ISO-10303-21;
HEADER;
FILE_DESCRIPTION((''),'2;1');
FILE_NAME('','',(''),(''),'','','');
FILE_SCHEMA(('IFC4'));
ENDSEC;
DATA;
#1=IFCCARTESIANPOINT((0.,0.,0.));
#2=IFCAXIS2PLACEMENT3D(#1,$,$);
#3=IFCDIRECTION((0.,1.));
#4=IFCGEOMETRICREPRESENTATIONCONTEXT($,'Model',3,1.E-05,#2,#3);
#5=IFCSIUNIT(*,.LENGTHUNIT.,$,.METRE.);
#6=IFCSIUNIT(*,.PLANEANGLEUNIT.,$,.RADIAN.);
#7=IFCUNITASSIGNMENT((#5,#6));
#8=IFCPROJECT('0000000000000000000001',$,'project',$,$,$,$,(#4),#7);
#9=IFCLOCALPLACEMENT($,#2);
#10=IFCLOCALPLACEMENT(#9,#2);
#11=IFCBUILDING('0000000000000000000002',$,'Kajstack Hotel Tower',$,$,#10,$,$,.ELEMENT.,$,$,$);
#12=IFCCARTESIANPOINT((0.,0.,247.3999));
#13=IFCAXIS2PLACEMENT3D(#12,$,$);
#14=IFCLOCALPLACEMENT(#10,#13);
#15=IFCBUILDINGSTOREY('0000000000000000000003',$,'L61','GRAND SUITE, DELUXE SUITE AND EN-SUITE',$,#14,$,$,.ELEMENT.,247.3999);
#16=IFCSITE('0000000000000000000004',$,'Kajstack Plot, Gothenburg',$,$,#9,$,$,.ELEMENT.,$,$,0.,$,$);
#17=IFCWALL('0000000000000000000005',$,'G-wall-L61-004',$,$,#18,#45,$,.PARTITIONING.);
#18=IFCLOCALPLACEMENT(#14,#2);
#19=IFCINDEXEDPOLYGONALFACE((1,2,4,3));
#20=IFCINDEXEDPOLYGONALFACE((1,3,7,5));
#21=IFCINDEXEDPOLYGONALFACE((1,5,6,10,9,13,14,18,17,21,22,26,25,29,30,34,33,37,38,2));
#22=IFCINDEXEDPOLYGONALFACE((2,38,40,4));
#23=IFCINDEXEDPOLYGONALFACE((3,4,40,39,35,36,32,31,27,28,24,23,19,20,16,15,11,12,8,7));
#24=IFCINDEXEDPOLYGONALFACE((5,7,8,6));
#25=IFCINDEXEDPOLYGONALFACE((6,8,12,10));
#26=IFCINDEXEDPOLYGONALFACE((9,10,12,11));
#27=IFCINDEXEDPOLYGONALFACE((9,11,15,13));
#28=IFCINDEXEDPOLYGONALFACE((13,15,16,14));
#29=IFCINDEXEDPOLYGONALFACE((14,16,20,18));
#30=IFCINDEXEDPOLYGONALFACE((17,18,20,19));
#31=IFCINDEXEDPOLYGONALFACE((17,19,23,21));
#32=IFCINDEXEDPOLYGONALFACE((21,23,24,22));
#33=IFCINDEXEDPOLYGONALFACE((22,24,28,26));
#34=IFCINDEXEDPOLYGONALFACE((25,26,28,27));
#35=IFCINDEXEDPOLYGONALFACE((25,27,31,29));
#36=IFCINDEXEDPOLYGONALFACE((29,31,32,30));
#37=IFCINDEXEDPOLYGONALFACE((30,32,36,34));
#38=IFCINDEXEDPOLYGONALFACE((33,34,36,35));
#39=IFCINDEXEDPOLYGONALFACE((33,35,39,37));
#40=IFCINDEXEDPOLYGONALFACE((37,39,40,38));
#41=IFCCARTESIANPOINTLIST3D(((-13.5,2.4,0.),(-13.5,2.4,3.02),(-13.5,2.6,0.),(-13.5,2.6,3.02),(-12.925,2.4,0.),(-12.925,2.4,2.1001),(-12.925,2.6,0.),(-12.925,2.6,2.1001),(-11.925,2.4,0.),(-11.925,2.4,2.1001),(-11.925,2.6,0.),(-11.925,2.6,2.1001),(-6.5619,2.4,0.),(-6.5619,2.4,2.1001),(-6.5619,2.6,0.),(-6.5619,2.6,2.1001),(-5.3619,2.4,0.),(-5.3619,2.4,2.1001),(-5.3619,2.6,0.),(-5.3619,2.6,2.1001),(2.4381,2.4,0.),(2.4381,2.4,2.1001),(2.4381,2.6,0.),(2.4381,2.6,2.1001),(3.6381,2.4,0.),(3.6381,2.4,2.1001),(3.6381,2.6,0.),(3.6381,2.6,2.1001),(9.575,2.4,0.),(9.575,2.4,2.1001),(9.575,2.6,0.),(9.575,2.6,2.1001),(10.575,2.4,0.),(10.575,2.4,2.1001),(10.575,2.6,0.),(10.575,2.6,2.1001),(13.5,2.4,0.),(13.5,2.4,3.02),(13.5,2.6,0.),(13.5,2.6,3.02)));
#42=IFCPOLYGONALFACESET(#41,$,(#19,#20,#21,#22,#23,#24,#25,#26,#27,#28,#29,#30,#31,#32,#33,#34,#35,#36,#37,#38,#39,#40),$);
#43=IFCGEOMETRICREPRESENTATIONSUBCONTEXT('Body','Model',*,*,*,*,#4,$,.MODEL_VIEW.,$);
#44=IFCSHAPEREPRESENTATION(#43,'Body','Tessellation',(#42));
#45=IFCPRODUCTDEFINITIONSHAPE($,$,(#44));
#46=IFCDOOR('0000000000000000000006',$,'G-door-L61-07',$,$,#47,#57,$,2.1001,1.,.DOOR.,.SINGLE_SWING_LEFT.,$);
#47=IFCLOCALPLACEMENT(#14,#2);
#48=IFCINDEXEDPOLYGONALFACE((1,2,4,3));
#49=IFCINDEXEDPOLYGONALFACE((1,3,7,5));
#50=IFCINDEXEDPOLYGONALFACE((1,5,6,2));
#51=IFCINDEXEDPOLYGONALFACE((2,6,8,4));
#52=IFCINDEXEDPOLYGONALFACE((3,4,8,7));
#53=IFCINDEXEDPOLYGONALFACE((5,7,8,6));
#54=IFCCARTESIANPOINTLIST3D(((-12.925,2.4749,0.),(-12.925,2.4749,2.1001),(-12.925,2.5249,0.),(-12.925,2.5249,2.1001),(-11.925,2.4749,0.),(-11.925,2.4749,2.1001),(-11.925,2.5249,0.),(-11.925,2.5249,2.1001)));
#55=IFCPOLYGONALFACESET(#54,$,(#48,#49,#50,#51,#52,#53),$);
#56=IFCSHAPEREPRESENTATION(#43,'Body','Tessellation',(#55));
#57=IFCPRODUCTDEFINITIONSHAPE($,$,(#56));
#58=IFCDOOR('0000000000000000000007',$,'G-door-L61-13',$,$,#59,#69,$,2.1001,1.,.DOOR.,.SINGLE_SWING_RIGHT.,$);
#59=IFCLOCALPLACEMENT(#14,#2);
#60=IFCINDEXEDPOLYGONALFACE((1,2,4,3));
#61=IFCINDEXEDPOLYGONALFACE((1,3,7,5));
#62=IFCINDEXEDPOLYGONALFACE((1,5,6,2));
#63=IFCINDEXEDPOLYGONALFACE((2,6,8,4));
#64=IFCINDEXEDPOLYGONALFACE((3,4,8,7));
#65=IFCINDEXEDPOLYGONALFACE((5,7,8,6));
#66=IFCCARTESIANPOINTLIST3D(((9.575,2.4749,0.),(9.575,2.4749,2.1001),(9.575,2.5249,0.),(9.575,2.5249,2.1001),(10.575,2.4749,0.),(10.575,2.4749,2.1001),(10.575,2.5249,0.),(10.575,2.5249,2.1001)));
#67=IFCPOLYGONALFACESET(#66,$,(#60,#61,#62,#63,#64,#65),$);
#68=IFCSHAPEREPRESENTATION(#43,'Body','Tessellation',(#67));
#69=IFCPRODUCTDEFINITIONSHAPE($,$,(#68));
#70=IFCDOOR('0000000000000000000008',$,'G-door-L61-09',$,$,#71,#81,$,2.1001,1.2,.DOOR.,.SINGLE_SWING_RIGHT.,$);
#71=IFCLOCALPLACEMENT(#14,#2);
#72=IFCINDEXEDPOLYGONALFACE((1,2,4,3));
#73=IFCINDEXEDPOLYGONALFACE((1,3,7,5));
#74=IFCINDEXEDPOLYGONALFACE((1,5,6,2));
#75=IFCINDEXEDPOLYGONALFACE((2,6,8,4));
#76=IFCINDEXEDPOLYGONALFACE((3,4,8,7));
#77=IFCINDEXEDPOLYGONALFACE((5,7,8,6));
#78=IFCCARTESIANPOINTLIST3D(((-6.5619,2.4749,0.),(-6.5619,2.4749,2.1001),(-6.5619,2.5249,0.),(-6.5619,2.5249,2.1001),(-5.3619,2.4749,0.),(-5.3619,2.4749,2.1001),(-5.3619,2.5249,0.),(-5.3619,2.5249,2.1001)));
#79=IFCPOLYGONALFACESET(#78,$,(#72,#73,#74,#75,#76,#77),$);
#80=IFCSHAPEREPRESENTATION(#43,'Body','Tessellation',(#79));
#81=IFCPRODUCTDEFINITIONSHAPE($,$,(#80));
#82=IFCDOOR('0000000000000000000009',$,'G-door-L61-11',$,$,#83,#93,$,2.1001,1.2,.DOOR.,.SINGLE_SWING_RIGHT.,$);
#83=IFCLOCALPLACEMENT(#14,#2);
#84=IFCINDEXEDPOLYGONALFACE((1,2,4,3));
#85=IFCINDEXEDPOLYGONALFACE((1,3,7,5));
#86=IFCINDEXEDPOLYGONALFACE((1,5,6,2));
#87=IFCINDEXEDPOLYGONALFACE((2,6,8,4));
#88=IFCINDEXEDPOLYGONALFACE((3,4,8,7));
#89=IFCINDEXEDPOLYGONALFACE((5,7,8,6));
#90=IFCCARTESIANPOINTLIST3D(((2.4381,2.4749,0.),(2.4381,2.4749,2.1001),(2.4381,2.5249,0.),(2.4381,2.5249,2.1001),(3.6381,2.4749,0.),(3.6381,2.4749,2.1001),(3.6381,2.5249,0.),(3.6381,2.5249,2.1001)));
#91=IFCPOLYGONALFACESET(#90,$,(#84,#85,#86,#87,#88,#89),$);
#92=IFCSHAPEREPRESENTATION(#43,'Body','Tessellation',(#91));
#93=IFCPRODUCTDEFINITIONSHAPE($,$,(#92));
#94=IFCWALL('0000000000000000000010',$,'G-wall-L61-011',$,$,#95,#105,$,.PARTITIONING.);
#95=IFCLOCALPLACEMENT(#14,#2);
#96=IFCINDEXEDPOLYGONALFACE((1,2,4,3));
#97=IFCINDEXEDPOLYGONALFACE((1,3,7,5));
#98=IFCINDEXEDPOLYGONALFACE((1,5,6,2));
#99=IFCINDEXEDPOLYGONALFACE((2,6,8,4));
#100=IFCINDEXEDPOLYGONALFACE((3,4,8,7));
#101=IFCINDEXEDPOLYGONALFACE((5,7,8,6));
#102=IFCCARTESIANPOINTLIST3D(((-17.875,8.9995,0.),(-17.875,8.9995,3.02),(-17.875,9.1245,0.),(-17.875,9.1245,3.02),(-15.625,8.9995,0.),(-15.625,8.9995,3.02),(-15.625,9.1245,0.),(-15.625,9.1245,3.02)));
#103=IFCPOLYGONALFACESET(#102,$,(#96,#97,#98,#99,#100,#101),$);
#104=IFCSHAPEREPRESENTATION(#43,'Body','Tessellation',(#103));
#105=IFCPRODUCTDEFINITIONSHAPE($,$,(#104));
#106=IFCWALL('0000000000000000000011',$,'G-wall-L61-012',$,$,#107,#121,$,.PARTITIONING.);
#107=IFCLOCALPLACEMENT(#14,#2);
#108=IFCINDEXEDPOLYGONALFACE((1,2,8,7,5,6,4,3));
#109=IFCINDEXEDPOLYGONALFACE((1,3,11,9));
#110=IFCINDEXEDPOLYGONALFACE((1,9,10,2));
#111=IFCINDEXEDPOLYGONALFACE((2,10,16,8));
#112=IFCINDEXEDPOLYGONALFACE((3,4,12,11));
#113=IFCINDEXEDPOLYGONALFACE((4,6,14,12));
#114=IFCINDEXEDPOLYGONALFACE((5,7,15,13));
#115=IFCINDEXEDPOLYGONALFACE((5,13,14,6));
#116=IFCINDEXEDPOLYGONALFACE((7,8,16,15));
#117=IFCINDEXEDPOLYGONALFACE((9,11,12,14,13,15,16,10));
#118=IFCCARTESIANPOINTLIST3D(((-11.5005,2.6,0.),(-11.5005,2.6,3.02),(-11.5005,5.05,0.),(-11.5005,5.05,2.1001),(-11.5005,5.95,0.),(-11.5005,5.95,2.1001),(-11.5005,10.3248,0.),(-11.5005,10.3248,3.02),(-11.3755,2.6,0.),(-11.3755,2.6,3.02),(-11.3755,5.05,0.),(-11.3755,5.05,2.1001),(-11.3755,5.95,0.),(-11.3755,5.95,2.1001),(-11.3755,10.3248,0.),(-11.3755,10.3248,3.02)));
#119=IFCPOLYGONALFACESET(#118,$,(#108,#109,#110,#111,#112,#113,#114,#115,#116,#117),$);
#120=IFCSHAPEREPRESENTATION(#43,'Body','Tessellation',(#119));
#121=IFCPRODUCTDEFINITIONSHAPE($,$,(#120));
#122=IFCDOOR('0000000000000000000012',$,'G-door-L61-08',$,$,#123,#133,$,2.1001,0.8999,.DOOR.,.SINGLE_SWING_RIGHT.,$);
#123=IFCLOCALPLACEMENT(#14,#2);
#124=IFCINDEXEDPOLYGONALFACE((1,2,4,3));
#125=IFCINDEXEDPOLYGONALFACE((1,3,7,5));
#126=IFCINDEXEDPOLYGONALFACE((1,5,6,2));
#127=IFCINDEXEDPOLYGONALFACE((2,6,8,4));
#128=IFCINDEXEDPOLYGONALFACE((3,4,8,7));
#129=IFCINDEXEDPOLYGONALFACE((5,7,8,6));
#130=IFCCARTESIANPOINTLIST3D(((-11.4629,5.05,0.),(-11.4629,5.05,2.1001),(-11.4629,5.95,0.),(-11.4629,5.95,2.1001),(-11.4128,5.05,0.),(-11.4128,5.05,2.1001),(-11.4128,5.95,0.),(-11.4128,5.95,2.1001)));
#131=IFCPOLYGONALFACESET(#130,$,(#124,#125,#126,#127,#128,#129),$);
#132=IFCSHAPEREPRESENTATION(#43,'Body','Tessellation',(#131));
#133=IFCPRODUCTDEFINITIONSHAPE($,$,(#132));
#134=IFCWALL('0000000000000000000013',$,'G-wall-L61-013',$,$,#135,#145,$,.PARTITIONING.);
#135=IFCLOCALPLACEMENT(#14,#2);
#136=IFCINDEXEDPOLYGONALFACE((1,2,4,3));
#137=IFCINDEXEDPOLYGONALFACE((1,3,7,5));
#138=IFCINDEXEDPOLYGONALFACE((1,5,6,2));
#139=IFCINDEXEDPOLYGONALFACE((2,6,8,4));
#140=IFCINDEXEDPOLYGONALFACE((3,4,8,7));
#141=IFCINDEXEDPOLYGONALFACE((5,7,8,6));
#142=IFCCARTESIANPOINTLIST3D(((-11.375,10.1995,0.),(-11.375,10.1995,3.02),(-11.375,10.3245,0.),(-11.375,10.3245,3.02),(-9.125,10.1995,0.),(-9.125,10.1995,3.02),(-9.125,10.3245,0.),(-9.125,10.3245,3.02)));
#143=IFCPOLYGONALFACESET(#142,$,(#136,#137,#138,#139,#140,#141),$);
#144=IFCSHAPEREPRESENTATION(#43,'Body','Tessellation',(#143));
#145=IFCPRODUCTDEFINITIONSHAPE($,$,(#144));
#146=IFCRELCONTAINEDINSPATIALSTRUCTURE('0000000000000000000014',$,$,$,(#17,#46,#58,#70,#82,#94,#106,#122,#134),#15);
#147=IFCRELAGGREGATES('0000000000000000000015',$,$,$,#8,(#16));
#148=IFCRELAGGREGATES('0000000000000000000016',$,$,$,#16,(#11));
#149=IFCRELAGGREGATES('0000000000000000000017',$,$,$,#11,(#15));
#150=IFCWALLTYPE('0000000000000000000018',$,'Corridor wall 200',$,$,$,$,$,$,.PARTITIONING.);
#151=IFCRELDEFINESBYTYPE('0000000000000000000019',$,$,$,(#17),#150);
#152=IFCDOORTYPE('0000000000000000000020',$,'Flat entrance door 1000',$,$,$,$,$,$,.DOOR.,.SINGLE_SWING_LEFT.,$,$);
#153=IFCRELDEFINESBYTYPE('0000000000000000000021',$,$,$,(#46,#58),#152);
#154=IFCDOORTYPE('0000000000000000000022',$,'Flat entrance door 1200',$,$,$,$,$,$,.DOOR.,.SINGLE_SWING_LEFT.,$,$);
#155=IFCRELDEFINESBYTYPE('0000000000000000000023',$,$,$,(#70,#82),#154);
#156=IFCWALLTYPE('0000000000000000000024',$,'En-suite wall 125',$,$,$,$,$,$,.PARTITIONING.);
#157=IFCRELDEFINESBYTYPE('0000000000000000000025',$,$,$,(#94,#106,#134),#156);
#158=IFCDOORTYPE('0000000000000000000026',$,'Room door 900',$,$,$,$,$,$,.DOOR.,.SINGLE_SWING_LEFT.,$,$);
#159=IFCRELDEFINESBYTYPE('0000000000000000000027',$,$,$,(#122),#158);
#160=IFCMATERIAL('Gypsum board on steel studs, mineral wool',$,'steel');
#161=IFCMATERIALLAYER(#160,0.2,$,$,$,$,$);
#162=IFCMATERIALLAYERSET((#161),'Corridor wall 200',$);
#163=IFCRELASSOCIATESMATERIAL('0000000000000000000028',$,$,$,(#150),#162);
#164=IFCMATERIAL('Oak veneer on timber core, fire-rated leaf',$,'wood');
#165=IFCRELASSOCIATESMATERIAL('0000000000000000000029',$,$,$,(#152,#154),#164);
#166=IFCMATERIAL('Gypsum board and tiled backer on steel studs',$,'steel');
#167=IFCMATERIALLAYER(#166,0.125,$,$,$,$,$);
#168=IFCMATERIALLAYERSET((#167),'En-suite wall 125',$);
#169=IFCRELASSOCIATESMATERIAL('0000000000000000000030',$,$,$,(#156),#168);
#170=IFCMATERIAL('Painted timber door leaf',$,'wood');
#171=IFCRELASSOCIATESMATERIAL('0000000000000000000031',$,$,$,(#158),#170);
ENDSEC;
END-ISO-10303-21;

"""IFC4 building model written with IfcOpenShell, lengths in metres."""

from ifc_helpers import new_model, si_unit, direction, frame, frame_2d, origin, place, context, subcontext, project, spatial, rectangle, extrude, material, layer, layer_set, type_object, element, fill, save


model = new_model("IFC4")

# Units and contexts
model_context = context("Model", 3, precision=1e-05, world=origin(), true_north=direction((0.0, 1.0)))
body_context = subcontext(model_context, "Body", "Model", "MODEL_VIEW")
ifc_project = project(units=[si_unit("LENGTHUNIT", "METRE"), si_unit("PLANEANGLEUNIT", "RADIAN")], contexts=[model_context])

# Site, building, storey
site_placement = place(None, origin())
site = spatial("IfcSite", under=ifc_project, at=site_placement, Name="Kajstack Plot, Gothenburg", CompositionType="ELEMENT", RefElevation=0.0)
building_placement = place(site_placement, origin())
building = spatial("IfcBuilding", under=site, at=building_placement, Name="Kajstack Hotel Tower", CompositionType="ELEMENT")
storey_placement = place(building_placement, frame((0.0, 0.0, 247.3999)))
storey = spatial("IfcBuildingStorey", under=building, at=storey_placement, Name="L61", Description="GRAND SUITE, DELUXE SUITE AND EN-SUITE", CompositionType="ELEMENT", Elevation=247.3999)

# Wall, openings, doors
ifc_material_1 = material(Name="Gypsum board on steel studs, mineral wool", Category="steel")
ifc_layer_1 = layer(ifc_material_1, 0.2)
ifc_layer_set_1 = layer_set([ifc_layer_1], Name="Corridor wall 200")
wall_type_1 = type_object("IfcWallType", Name="Corridor wall 200", PredefinedType="PARTITIONING", material=ifc_layer_set_1)
wall_1_placement = place(storey_placement, frame((-13.5, 2.5, 0.0), z_axis=(0.0, 0.0, 1.0), x_axis=(1.0, 0.0, 0.0)))
wall_1 = element("IfcWall", 1, at=wall_1_placement, inside=storey, type_object=wall_type_1, Name="G-wall-L61-004", PredefinedType="PARTITIONING", context=body_context, shape_type="SweptSolid", body=[
    extrude(rectangle(XDim=27.0, YDim=0.2, at=frame_2d((13.5, 0.0))), origin(), (0.0, 0.0, 1.0), 3.02),
])
opening_1_placement = place(wall_1_placement, frame((0.575, 0.0, 0.0)))
opening_1 = element("IfcOpeningElement", 2, at=opening_1_placement, cuts=wall_1, PredefinedType="OPENING", context=body_context, shape_type="SweptSolid", body=[
    extrude(rectangle(XDim=1.0, YDim=2.1001, at=frame_2d((0.5, 1.05))), frame((0.0, 0.1099, 0.0), z_axis=(0.0, -1.0, 0.0), x_axis=(1.0, 0.0, 0.0)), (0.0, 0.0, 1.0), 0.22),
])
opening_2_placement = place(wall_1_placement, frame((6.938, 0.0, 0.0)))
opening_2 = element("IfcOpeningElement", 3, at=opening_2_placement, cuts=wall_1, PredefinedType="OPENING", context=body_context, shape_type="SweptSolid", body=[
    extrude(rectangle(XDim=1.2, YDim=2.1001, at=frame_2d((0.6001, 1.05))), frame((0.0, 0.1099, 0.0), z_axis=(0.0, -1.0, 0.0), x_axis=(1.0, 0.0, 0.0)), (0.0, 0.0, 1.0), 0.22),
])
opening_3_placement = place(wall_1_placement, frame((15.938, 0.0, 0.0)))
opening_3 = element("IfcOpeningElement", 4, at=opening_3_placement, cuts=wall_1, PredefinedType="OPENING", context=body_context, shape_type="SweptSolid", body=[
    extrude(rectangle(XDim=1.2, YDim=2.1001, at=frame_2d((0.6001, 1.05))), frame((0.0, 0.1099, 0.0), z_axis=(0.0, -1.0, 0.0), x_axis=(1.0, 0.0, 0.0)), (0.0, 0.0, 1.0), 0.22),
])
opening_4_placement = place(wall_1_placement, frame((23.075, 0.0, 0.0)))
opening_4 = element("IfcOpeningElement", 5, at=opening_4_placement, cuts=wall_1, PredefinedType="OPENING", context=body_context, shape_type="SweptSolid", body=[
    extrude(rectangle(XDim=1.0, YDim=2.1001, at=frame_2d((0.5, 1.05))), frame((0.0, 0.1099, 0.0), z_axis=(0.0, -1.0, 0.0), x_axis=(1.0, 0.0, 0.0)), (0.0, 0.0, 1.0), 0.22),
])
ifc_material_2 = material(Name="Oak veneer on timber core, fire-rated leaf", Category="wood")
door_type_1 = type_object("IfcDoorType", Name="Flat entrance door 1000", OperationType="SINGLE_SWING_LEFT", PredefinedType="DOOR", material=ifc_material_2)
door_1_placement = place(opening_1_placement, origin())
door_1 = element("IfcDoor", 6, at=door_1_placement, inside=storey, type_object=door_type_1, Name="G-door-L61-07", OperationType="SINGLE_SWING_LEFT", OverallHeight=2.1001, OverallWidth=1.0, PredefinedType="DOOR", context=body_context, shape_type="SweptSolid", body=[
    extrude(rectangle(XDim=1.0, YDim=2.1001, at=frame_2d((0.5, 1.05))), frame((0.0, 0.0249, 0.0), z_axis=(0.0, -1.0, 0.0), x_axis=(1.0, 0.0, 0.0)), (0.0, 0.0, 1.0), 0.05),
])
fill(opening_1, door_1)
door_2_placement = place(opening_4_placement, origin())
door_2 = element("IfcDoor", 7, at=door_2_placement, inside=storey, type_object=door_type_1, Name="G-door-L61-13", OperationType="SINGLE_SWING_RIGHT", OverallHeight=2.1001, OverallWidth=1.0, PredefinedType="DOOR", context=body_context, shape_type="SweptSolid", body=[
    extrude(rectangle(XDim=1.0, YDim=2.1001, at=frame_2d((0.5, 1.05))), frame((0.0, 0.0249, 0.0), z_axis=(0.0, -1.0, 0.0), x_axis=(1.0, 0.0, 0.0)), (0.0, 0.0, 1.0), 0.05),
])
fill(opening_4, door_2)
door_type_2 = type_object("IfcDoorType", Name="Flat entrance door 1200", OperationType="SINGLE_SWING_LEFT", PredefinedType="DOOR", material=ifc_material_2)
door_3_placement = place(opening_2_placement, origin())
door_3 = element("IfcDoor", 8, at=door_3_placement, inside=storey, type_object=door_type_2, Name="G-door-L61-09", OperationType="SINGLE_SWING_RIGHT", OverallHeight=2.1001, OverallWidth=1.2, PredefinedType="DOOR", context=body_context, shape_type="SweptSolid", body=[
    extrude(rectangle(XDim=1.2, YDim=2.1001, at=frame_2d((0.6001, 1.05))), frame((0.0, 0.0249, 0.0), z_axis=(0.0, -1.0, 0.0), x_axis=(1.0, 0.0, 0.0)), (0.0, 0.0, 1.0), 0.05),
])
fill(opening_2, door_3)
door_4_placement = place(opening_3_placement, origin())
door_4 = element("IfcDoor", 9, at=door_4_placement, inside=storey, type_object=door_type_2, Name="G-door-L61-11", OperationType="SINGLE_SWING_RIGHT", OverallHeight=2.1001, OverallWidth=1.2, PredefinedType="DOOR", context=body_context, shape_type="SweptSolid", body=[
    extrude(rectangle(XDim=1.2, YDim=2.1001, at=frame_2d((0.6001, 1.05))), frame((0.0, 0.0249, 0.0), z_axis=(0.0, -1.0, 0.0), x_axis=(1.0, 0.0, 0.0)), (0.0, 0.0, 1.0), 0.05),
])
fill(opening_3, door_4)

# Wall
ifc_material_3 = material(Name="Gypsum board and tiled backer on steel studs", Category="steel")
ifc_layer_2 = layer(ifc_material_3, 0.125)
ifc_layer_set_2 = layer_set([ifc_layer_2], Name="En-suite wall 125")
wall_type_2 = type_object("IfcWallType", Name="En-suite wall 125", PredefinedType="PARTITIONING", material=ifc_layer_set_2)
wall_2_placement = place(storey_placement, frame((-17.875, 9.062, 0.0), z_axis=(0.0, 0.0, 1.0), x_axis=(1.0, 0.0, 0.0)))
element("IfcWall", 10, at=wall_2_placement, inside=storey, type_object=wall_type_2, Name="G-wall-L61-011", PredefinedType="PARTITIONING", context=body_context, shape_type="SweptSolid", body=[
    extrude(rectangle(XDim=2.25, YDim=0.125, at=frame_2d((1.125, 0.0))), origin(), (0.0, 0.0, 1.0), 3.02),
])

# Wall, opening, door
wall_3_placement = place(storey_placement, frame((-11.438, 2.6001, 0.0), z_axis=(0.0, 0.0, 1.0), x_axis=(0.0, 1.0, 0.0)))
wall_3 = element("IfcWall", 11, at=wall_3_placement, inside=storey, type_object=wall_type_2, Name="G-wall-L61-012", PredefinedType="PARTITIONING", context=body_context, shape_type="SweptSolid", body=[
    extrude(rectangle(XDim=7.7249, YDim=0.125, at=frame_2d((3.8623, 0.0))), origin(), (0.0, 0.0, 1.0), 3.02),
])
opening_5_placement = place(wall_3_placement, frame((2.45, 0.0, 0.0)))
opening_5 = element("IfcOpeningElement", 12, at=opening_5_placement, cuts=wall_3, PredefinedType="OPENING", context=body_context, shape_type="SweptSolid", body=[
    extrude(rectangle(XDim=0.8999, YDim=2.1001, at=frame_2d((0.45, 1.05))), frame((0.0, 0.0725, 0.0), z_axis=(0.0, -1.0, 0.0), x_axis=(1.0, 0.0, 0.0)), (0.0, 0.0, 1.0), 0.145),
])
ifc_material_4 = material(Name="Painted timber door leaf", Category="wood")
door_type_3 = type_object("IfcDoorType", Name="Room door 900", OperationType="SINGLE_SWING_LEFT", PredefinedType="DOOR", material=ifc_material_4)
door_5_placement = place(opening_5_placement, origin())
door_5 = element("IfcDoor", 13, at=door_5_placement, inside=storey, type_object=door_type_3, Name="G-door-L61-08", OperationType="SINGLE_SWING_RIGHT", OverallHeight=2.1001, OverallWidth=0.8999, PredefinedType="DOOR", context=body_context, shape_type="SweptSolid", body=[
    extrude(rectangle(XDim=0.8999, YDim=2.1001, at=frame_2d((0.45, 1.05))), frame((0.0, 0.0249, 0.0), z_axis=(0.0, -1.0, 0.0), x_axis=(1.0, 0.0, 0.0)), (0.0, 0.0, 1.0), 0.05),
])
fill(opening_5, door_5)

# Wall
wall_4_placement = place(storey_placement, frame((-11.375, 10.262, 0.0), z_axis=(0.0, 0.0, 1.0), x_axis=(1.0, 0.0, 0.0)))
element("IfcWall", 14, at=wall_4_placement, inside=storey, type_object=wall_type_2, Name="G-wall-L61-013", PredefinedType="PARTITIONING", context=body_context, shape_type="SweptSolid", body=[
    extrude(rectangle(XDim=2.25, YDim=0.125, at=frame_2d((1.125, 0.0))), origin(), (0.0, 0.0, 1.0), 3.02),
])

save(model, "model.ifc")
